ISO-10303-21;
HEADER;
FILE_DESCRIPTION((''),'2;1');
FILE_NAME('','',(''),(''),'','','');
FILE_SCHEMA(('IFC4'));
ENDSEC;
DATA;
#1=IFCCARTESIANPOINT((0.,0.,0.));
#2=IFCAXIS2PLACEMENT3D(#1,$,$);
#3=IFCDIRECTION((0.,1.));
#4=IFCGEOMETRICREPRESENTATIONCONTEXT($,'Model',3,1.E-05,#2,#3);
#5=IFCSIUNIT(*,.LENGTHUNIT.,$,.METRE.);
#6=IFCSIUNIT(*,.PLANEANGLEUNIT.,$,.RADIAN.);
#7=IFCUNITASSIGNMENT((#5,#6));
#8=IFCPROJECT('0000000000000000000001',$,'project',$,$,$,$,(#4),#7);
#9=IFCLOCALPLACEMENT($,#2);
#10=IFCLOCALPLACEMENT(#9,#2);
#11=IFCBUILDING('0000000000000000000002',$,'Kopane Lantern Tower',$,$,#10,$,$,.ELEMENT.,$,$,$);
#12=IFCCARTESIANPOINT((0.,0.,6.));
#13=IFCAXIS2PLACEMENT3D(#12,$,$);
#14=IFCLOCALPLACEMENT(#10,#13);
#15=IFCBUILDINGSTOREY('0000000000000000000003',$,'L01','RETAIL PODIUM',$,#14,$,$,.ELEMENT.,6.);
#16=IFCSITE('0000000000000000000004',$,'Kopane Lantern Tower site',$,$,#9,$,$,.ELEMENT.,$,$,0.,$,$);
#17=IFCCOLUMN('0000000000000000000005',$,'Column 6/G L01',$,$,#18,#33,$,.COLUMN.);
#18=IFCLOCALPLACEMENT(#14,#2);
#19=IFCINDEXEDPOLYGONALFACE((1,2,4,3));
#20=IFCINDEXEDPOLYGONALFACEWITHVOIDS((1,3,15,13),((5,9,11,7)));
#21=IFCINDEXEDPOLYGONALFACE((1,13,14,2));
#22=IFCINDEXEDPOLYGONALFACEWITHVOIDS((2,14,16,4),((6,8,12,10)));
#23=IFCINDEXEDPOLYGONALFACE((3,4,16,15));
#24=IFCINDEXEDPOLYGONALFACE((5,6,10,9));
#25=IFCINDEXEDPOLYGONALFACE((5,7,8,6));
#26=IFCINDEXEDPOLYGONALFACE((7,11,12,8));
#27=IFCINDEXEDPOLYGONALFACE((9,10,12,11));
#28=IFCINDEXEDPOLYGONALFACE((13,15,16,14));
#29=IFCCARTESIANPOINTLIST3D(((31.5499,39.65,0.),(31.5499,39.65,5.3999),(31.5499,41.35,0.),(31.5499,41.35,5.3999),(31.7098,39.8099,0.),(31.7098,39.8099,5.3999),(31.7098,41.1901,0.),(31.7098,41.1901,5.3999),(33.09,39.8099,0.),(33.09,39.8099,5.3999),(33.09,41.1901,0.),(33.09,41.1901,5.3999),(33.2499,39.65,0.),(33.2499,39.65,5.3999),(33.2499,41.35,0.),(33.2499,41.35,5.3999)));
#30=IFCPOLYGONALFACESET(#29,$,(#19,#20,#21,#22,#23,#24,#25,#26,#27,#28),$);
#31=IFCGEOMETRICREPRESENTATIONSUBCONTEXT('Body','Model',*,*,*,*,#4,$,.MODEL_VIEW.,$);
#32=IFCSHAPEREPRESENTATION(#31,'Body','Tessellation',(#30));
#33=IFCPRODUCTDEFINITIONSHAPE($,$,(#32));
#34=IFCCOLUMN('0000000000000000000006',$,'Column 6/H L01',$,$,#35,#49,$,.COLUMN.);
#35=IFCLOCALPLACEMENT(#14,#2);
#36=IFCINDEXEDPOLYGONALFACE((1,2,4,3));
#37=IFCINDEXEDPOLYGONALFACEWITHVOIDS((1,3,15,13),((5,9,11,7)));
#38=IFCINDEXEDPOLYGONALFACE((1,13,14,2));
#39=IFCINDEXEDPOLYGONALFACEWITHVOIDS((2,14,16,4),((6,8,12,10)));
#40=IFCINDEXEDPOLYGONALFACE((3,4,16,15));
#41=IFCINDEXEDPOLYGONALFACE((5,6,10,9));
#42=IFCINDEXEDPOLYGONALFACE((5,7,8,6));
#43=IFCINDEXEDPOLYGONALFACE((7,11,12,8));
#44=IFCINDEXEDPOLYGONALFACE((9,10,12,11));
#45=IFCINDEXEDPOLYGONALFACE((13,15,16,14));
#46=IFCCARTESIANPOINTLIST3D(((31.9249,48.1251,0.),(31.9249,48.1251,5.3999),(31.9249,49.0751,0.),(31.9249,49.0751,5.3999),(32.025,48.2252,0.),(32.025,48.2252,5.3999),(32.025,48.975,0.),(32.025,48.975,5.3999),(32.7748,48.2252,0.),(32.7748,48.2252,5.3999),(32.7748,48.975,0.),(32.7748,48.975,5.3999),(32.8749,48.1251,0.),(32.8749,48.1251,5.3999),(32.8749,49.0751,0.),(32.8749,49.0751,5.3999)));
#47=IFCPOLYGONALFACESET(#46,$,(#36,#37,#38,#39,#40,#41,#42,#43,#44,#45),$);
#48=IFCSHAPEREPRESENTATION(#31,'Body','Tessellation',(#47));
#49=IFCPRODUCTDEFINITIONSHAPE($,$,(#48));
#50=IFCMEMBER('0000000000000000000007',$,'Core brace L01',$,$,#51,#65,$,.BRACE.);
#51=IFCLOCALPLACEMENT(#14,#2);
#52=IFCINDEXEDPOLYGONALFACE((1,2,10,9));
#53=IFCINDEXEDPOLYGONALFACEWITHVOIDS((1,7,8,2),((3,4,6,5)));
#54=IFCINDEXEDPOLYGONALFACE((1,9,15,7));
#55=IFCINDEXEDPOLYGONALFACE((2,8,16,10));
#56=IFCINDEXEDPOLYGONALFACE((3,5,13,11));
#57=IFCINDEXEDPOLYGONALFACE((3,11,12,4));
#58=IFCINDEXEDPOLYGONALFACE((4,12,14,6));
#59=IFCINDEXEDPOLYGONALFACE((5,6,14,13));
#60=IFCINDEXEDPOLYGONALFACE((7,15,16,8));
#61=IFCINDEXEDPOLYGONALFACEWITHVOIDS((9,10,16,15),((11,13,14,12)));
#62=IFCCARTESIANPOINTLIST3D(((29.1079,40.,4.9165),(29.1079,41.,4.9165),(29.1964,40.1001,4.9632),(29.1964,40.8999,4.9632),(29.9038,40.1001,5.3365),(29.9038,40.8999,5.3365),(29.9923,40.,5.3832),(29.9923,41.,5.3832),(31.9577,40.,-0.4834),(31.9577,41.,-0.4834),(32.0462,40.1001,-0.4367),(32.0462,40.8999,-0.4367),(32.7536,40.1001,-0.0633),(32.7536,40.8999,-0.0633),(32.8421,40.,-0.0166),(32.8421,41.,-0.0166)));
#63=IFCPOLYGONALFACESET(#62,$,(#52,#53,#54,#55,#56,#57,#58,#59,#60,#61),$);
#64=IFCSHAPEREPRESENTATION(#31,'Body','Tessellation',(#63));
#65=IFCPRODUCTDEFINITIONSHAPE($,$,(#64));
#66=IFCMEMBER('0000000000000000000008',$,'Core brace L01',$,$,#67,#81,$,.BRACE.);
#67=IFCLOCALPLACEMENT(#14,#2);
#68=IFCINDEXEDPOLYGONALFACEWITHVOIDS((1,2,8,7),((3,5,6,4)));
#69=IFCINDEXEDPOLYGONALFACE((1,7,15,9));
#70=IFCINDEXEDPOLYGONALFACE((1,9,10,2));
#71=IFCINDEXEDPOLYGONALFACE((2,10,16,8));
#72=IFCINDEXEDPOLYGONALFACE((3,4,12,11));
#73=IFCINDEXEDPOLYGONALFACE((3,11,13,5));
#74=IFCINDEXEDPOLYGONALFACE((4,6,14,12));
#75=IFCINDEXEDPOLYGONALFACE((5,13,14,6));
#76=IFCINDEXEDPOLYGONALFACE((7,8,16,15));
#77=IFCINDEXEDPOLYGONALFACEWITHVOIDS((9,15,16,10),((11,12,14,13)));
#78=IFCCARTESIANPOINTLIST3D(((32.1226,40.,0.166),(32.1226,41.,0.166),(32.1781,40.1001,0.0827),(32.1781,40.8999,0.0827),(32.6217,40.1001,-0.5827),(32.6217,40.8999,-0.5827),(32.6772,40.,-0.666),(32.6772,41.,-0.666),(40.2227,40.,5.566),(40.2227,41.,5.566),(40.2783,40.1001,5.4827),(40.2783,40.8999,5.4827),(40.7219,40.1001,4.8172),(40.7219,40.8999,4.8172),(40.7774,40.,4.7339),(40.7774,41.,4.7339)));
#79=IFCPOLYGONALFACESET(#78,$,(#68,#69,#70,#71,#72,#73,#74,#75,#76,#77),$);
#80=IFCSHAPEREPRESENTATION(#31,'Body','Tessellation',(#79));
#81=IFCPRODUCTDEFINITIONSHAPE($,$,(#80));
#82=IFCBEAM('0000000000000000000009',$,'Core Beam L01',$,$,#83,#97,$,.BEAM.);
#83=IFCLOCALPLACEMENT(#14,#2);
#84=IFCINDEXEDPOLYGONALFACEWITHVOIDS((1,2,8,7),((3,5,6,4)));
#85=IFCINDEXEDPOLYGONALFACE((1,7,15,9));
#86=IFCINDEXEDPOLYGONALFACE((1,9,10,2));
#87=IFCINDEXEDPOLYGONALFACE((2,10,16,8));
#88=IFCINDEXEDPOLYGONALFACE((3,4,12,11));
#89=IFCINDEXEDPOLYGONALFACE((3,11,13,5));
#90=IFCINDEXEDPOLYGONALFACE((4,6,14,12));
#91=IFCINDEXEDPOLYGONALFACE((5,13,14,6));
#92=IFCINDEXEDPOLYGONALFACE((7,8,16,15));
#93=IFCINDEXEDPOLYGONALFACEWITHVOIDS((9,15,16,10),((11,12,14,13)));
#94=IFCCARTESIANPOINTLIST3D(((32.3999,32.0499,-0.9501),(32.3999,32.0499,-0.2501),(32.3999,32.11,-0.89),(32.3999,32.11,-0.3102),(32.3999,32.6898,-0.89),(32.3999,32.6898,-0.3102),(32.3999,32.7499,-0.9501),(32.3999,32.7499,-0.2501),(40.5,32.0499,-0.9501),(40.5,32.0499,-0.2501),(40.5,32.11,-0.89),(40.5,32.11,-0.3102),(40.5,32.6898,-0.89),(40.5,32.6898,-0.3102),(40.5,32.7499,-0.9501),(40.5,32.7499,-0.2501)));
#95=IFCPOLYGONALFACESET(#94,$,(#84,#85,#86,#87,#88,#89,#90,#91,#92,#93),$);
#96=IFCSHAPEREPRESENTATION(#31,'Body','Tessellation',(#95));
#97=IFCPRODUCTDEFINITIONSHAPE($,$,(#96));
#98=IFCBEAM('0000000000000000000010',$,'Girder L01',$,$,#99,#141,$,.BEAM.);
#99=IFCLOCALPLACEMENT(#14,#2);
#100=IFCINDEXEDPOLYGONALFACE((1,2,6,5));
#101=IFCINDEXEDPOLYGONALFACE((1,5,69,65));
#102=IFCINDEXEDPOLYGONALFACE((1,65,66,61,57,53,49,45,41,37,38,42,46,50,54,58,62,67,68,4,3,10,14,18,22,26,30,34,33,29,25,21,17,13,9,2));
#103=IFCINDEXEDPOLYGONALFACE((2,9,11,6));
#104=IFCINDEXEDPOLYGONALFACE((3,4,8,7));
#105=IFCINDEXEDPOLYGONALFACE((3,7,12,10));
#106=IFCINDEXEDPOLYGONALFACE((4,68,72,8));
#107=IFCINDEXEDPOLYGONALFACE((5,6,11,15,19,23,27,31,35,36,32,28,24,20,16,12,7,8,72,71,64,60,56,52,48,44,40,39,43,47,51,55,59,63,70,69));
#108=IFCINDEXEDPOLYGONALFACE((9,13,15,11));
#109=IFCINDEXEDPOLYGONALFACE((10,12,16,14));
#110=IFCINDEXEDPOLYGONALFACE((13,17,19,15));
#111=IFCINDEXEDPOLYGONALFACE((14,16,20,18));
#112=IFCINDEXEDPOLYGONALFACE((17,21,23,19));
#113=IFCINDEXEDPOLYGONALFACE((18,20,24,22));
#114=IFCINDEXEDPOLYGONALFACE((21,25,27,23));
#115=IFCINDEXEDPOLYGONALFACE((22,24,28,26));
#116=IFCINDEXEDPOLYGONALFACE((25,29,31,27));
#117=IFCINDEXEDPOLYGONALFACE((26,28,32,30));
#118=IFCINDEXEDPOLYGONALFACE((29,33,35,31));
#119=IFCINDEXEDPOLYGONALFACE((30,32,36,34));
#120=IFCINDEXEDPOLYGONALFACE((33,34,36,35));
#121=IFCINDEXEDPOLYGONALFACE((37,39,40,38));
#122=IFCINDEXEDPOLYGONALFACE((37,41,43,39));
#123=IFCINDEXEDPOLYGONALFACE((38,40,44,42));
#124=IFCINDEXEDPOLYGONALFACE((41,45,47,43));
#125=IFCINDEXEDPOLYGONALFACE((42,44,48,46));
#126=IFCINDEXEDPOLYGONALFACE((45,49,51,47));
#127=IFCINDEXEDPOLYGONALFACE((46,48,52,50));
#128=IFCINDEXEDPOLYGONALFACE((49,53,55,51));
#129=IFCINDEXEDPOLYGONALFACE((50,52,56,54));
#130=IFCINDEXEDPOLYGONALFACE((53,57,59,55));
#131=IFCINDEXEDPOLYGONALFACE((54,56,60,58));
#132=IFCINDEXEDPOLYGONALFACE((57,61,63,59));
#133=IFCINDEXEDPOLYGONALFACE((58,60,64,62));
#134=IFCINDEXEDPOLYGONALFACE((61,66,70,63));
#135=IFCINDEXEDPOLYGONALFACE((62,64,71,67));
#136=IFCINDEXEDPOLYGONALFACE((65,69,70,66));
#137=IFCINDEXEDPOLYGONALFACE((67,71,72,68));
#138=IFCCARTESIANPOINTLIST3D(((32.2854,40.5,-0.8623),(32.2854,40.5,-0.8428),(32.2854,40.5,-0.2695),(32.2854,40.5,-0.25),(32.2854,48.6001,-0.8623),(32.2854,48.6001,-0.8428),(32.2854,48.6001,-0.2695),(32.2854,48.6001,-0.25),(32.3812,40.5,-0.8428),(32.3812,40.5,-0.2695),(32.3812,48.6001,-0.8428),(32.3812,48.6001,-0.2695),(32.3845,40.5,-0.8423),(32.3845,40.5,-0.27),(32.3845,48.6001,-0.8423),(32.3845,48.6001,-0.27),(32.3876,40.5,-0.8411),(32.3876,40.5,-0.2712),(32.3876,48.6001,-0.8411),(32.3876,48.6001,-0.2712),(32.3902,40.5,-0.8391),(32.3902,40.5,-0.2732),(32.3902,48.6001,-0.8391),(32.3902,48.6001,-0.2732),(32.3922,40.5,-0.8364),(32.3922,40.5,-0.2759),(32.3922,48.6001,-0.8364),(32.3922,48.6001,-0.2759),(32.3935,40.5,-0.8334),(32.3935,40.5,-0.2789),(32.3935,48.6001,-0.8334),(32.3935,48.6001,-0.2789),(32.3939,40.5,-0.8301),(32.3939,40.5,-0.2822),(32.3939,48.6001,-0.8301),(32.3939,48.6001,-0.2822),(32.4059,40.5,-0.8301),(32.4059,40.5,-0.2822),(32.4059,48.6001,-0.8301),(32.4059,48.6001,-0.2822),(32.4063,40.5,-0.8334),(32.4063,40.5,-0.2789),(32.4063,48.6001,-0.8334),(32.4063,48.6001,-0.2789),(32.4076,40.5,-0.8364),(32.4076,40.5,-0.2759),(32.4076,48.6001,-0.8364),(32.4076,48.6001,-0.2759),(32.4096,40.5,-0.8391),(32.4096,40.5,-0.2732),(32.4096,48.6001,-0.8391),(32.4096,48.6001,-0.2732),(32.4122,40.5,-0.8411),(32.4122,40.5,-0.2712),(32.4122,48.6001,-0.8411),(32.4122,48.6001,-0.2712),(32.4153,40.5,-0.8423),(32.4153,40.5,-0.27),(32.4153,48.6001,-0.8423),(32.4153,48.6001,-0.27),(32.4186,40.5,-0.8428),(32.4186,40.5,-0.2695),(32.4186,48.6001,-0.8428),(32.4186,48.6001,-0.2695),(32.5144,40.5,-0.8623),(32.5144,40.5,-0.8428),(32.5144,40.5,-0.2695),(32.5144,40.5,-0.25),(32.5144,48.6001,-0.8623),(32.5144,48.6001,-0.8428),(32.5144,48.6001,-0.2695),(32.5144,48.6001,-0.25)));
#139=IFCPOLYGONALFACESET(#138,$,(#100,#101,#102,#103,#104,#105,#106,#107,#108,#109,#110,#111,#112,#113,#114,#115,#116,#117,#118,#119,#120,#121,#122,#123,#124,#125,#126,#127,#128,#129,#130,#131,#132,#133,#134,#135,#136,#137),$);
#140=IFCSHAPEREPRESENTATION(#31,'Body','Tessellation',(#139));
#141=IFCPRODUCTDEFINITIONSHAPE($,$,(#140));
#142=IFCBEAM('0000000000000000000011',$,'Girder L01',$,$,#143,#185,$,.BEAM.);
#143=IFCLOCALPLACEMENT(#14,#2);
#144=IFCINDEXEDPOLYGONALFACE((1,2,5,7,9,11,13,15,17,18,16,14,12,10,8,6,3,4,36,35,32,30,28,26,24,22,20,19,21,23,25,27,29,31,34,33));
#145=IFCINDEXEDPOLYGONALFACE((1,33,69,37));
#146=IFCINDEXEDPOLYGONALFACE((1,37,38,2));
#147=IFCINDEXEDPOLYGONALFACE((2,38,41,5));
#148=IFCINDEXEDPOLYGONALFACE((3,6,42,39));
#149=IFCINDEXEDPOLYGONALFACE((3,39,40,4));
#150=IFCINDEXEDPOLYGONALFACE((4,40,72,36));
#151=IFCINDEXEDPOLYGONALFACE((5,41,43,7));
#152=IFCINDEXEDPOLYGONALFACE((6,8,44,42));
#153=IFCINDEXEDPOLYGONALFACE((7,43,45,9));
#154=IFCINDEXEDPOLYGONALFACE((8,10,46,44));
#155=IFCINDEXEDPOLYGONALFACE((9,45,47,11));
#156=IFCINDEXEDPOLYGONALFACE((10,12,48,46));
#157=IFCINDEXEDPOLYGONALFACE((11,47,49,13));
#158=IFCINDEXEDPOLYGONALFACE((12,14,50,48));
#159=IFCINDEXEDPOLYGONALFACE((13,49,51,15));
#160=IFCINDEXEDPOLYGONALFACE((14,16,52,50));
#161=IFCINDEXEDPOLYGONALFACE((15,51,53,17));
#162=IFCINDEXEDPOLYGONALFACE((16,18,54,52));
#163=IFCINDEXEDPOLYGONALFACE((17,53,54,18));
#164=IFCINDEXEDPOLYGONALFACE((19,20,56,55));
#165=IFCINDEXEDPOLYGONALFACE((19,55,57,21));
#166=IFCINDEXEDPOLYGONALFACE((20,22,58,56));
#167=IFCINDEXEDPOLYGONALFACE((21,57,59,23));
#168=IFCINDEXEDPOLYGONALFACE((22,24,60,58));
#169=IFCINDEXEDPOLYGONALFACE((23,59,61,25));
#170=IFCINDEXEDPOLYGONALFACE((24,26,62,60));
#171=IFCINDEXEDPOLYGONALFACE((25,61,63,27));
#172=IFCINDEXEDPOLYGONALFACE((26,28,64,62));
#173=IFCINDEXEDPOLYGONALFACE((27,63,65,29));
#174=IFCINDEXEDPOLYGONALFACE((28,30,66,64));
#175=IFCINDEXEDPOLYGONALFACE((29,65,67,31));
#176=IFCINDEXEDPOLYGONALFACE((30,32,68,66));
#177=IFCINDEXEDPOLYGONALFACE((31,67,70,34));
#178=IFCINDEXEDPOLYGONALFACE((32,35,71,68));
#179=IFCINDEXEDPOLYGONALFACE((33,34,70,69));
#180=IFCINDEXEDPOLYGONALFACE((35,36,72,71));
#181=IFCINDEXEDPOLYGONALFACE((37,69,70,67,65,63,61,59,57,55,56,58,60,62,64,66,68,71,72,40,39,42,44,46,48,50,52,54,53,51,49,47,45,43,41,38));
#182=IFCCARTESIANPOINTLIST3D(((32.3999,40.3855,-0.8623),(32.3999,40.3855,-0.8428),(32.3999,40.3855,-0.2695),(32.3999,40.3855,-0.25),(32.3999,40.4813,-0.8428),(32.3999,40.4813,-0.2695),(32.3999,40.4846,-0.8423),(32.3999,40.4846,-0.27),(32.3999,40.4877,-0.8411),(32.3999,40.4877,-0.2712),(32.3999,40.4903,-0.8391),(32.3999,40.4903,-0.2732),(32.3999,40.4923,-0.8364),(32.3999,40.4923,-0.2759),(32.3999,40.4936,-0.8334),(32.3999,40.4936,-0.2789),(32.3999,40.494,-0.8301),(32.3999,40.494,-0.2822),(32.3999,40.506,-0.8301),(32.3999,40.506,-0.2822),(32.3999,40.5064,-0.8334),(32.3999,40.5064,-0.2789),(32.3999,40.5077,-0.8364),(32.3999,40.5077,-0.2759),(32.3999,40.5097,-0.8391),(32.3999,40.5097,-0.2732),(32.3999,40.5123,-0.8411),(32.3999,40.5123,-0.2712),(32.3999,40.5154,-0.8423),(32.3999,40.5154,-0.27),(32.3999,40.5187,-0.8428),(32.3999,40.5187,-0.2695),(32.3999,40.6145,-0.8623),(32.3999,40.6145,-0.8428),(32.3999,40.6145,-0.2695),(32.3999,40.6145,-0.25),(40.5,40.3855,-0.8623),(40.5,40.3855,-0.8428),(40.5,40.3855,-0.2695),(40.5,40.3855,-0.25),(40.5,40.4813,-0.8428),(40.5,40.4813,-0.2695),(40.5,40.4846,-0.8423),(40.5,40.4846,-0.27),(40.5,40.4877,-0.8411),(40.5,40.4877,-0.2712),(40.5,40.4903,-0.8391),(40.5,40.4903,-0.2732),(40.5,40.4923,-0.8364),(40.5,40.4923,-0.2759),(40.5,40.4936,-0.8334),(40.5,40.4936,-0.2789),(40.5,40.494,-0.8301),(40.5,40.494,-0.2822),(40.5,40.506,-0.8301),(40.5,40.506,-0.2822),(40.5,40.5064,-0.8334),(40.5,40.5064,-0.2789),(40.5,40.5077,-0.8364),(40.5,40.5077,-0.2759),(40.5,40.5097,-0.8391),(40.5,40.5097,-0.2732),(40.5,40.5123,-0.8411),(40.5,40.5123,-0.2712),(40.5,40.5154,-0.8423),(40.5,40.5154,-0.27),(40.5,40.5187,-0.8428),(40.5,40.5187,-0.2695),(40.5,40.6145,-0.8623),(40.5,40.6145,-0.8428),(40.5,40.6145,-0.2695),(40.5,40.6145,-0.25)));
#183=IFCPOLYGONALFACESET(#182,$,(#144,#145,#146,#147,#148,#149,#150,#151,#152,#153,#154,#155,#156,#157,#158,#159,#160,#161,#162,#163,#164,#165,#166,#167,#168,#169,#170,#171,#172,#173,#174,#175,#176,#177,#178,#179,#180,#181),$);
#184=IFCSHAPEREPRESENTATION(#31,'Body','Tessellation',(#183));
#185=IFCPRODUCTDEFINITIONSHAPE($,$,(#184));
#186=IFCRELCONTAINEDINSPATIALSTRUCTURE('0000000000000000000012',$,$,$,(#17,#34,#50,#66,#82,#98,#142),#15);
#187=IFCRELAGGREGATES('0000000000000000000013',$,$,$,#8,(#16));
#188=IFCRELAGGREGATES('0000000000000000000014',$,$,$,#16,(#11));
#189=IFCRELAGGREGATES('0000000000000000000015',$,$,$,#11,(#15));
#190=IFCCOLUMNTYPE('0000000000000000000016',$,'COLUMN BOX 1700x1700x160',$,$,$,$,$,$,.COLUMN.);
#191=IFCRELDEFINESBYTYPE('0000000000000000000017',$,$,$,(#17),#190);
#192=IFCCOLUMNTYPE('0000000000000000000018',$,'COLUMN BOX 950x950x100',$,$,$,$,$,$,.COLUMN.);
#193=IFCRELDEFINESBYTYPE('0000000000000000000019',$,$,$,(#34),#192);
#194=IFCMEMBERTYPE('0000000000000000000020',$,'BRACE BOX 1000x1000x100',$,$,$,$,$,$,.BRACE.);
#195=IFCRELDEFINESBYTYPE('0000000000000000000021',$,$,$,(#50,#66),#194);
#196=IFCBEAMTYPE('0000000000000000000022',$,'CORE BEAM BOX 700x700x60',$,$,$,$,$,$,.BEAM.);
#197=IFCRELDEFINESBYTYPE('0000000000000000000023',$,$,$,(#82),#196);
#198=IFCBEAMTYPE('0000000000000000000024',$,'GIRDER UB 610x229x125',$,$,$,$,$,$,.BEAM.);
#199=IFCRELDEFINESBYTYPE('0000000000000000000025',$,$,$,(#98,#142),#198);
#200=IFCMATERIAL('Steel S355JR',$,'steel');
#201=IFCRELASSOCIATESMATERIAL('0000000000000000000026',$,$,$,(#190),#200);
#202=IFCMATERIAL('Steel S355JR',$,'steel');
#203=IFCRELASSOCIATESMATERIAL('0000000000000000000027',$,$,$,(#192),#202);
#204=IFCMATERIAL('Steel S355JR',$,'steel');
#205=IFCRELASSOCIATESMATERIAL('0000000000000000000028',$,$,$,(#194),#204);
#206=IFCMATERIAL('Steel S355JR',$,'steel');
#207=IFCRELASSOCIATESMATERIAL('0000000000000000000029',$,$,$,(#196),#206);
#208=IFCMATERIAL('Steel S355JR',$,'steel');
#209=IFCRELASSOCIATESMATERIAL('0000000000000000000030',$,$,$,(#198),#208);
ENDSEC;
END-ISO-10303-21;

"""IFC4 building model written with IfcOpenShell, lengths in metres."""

from ifc_helpers import new_model, si_unit, direction, frame, origin, origin_2d, place, context, subcontext, project, spatial, hollow_rectangle, i_section, extrude, material, material_profile, profile_set, type_object, element, save


model = new_model("IFC4")

# Units and contexts
model_context = context("Model", 3, precision=1e-05, world=origin(), true_north=direction((0.0, 1.0)))
body_context = subcontext(model_context, "Body", "Model", "MODEL_VIEW")
ifc_project = project(units=[si_unit("LENGTHUNIT", "METRE"), si_unit("PLANEANGLEUNIT", "RADIAN")], contexts=[model_context])

# Site, building, storey
site_placement = place(None, origin())
site = spatial("IfcSite", under=ifc_project, at=site_placement, Name="Kopane Lantern Tower site", CompositionType="ELEMENT", RefElevation=0.0)
building_placement = place(site_placement, origin())
building = spatial("IfcBuilding", under=site, at=building_placement, Name="Kopane Lantern Tower", CompositionType="ELEMENT")
storey_placement = place(building_placement, frame((0.0, 0.0, 6.0)))
storey = spatial("IfcBuildingStorey", under=building, at=storey_placement, Name="L01", Description="RETAIL PODIUM", CompositionType="ELEMENT", Elevation=6.0)

# Columns
ifc_material_1 = material(Name="Steel S355JR", Category="steel")
ifc_material_profile_1 = material_profile(ifc_material_1, hollow_rectangle(XDim=1.7, YDim=1.7, WallThickness=0.1599, at=origin_2d()), Name="BOX 1700x1700x160")
ifc_profile_set_1 = profile_set([ifc_material_profile_1], Name="Steel S355JR")
column_type_1 = type_object("IfcColumnType", Name="COLUMN BOX 1700x1700x160", PredefinedType="COLUMN", material=ifc_profile_set_1)
column_1_placement = place(storey_placement, frame((32.3999, 40.5, 0.0), z_axis=(0.0, 0.0, 1.0), x_axis=(1.0, 0.0, 0.0)))
element("IfcColumn", 1, at=column_1_placement, inside=storey, type_object=column_type_1, Name="Column 6/G L01", PredefinedType="COLUMN", context=body_context, shape_type="SweptSolid", body=[
    extrude(hollow_rectangle(XDim=1.7, YDim=1.7, WallThickness=0.1599, at=origin_2d()), origin(), (0.0, 0.0, 1.0), 5.3999),
])
ifc_material_2 = material(Name="Steel S355JR", Category="steel")
ifc_material_profile_2 = material_profile(ifc_material_2, hollow_rectangle(XDim=0.95, YDim=0.95, WallThickness=0.1001, at=origin_2d()), Name="BOX 950x950x100")
ifc_profile_set_2 = profile_set([ifc_material_profile_2], Name="Steel S355JR")
column_type_2 = type_object("IfcColumnType", Name="COLUMN BOX 950x950x100", PredefinedType="COLUMN", material=ifc_profile_set_2)
column_2_placement = place(storey_placement, frame((32.3999, 48.6001, 0.0), z_axis=(0.0, 0.0, 1.0), x_axis=(1.0, 0.0, 0.0)))
element("IfcColumn", 2, at=column_2_placement, inside=storey, type_object=column_type_2, Name="Column 6/H L01", PredefinedType="COLUMN", context=body_context, shape_type="SweptSolid", body=[
    extrude(hollow_rectangle(XDim=0.95, YDim=0.95, WallThickness=0.1001, at=origin_2d()), origin(), (0.0, 0.0, 1.0), 5.3999),
])

# Members
ifc_material_3 = material(Name="Steel S355JR", Category="steel")
ifc_material_profile_3 = material_profile(ifc_material_3, hollow_rectangle(XDim=1.0, YDim=1.0, WallThickness=0.1001, at=origin_2d()), Name="BOX 1000x1000x100")
ifc_profile_set_3 = profile_set([ifc_material_profile_3], Name="Steel S355JR")
member_type = type_object("IfcMemberType", Name="BRACE BOX 1000x1000x100", PredefinedType="BRACE", material=ifc_profile_set_3)
member_1_placement = place(storey_placement, frame((32.3999, 40.5, -0.25), z_axis=(-0.466746, 0.0, 0.884391), x_axis=(0.0, -1.0, 0.0)))
element("IfcMember", 3, at=member_1_placement, inside=storey, type_object=member_type, Name="Core brace L01", PredefinedType="BRACE", context=body_context, shape_type="SweptSolid", body=[
    extrude(hollow_rectangle(XDim=1.0, YDim=1.0, WallThickness=0.1001, at=origin_2d()), origin(), (0.0, 0.0, 1.0), 6.1057),
])
member_2_placement = place(storey_placement, frame((32.3999, 40.5, -0.25), z_axis=(0.832058, 0.0, 0.554689), x_axis=(0.0, 1.0, 0.0)))
element("IfcMember", 4, at=member_2_placement, inside=storey, type_object=member_type, Name="Core brace L01", PredefinedType="BRACE", context=body_context, shape_type="SweptSolid", body=[
    extrude(hollow_rectangle(XDim=1.0, YDim=1.0, WallThickness=0.1001, at=origin_2d()), origin(), (0.0, 0.0, 1.0), 9.7351),
])

# Beams
ifc_material_4 = material(Name="Steel S355JR", Category="steel")
ifc_material_profile_4 = material_profile(ifc_material_4, hollow_rectangle(XDim=0.7, YDim=0.7, WallThickness=0.0601, at=origin_2d()), Name="BOX 700x700x60")
ifc_profile_set_4 = profile_set([ifc_material_profile_4], Name="Steel S355JR")
beam_type_1 = type_object("IfcBeamType", Name="CORE BEAM BOX 700x700x60", PredefinedType="BEAM", material=ifc_profile_set_4)
beam_1_placement = place(storey_placement, frame((32.3999, 32.3999, -0.6001), z_axis=(1.0, 0.0, 0.0), x_axis=(0.0, 1.0, 0.0)))
element("IfcBeam", 5, at=beam_1_placement, inside=storey, type_object=beam_type_1, Name="Core Beam L01", PredefinedType="BEAM", context=body_context, shape_type="SweptSolid", body=[
    extrude(hollow_rectangle(XDim=0.7, YDim=0.7, WallThickness=0.0601, at=origin_2d()), origin(), (0.0, 0.0, 1.0), 8.1001),
])
ifc_material_5 = material(Name="Steel S355JR", Category="steel")
ifc_material_profile_5 = material_profile(ifc_material_5, i_section(OverallWidth=0.229, OverallDepth=0.6123, WebThickness=0.012, FlangeThickness=0.0195, FilletRadius=0.0127, at=origin_2d()), Name="UB 610x229x125")
ifc_profile_set_5 = profile_set([ifc_material_profile_5], Name="Steel S355JR")
beam_type_2 = type_object("IfcBeamType", Name="GIRDER UB 610x229x125", PredefinedType="BEAM", material=ifc_profile_set_5)
for number, where, z_axis, x_axis, name in (
    (6, (32.3999, 40.5, -0.5562), (0.0, 1.0, 0.0), (-1.0, 0.0, 0.0), "Girder L01"),
    (7, (32.3999, 40.5, -0.5562), (1.0, 0.0, 0.0), (0.0, 1.0, 0.0), "Girder L01"),
):
    element("IfcBeam", number, at=place(storey_placement, frame(where, z_axis=z_axis, x_axis=x_axis)), inside=storey, type_object=beam_type_2, Name=name, PredefinedType="BEAM", context=body_context, shape_type="SweptSolid", body=[
        extrude(i_section(OverallWidth=0.229, OverallDepth=0.6123, WebThickness=0.012, FlangeThickness=0.0195, FilletRadius=0.0127, at=origin_2d()), origin(), (0.0, 0.0, 1.0), 8.1001),
    ])

save(model, "model.ifc")
